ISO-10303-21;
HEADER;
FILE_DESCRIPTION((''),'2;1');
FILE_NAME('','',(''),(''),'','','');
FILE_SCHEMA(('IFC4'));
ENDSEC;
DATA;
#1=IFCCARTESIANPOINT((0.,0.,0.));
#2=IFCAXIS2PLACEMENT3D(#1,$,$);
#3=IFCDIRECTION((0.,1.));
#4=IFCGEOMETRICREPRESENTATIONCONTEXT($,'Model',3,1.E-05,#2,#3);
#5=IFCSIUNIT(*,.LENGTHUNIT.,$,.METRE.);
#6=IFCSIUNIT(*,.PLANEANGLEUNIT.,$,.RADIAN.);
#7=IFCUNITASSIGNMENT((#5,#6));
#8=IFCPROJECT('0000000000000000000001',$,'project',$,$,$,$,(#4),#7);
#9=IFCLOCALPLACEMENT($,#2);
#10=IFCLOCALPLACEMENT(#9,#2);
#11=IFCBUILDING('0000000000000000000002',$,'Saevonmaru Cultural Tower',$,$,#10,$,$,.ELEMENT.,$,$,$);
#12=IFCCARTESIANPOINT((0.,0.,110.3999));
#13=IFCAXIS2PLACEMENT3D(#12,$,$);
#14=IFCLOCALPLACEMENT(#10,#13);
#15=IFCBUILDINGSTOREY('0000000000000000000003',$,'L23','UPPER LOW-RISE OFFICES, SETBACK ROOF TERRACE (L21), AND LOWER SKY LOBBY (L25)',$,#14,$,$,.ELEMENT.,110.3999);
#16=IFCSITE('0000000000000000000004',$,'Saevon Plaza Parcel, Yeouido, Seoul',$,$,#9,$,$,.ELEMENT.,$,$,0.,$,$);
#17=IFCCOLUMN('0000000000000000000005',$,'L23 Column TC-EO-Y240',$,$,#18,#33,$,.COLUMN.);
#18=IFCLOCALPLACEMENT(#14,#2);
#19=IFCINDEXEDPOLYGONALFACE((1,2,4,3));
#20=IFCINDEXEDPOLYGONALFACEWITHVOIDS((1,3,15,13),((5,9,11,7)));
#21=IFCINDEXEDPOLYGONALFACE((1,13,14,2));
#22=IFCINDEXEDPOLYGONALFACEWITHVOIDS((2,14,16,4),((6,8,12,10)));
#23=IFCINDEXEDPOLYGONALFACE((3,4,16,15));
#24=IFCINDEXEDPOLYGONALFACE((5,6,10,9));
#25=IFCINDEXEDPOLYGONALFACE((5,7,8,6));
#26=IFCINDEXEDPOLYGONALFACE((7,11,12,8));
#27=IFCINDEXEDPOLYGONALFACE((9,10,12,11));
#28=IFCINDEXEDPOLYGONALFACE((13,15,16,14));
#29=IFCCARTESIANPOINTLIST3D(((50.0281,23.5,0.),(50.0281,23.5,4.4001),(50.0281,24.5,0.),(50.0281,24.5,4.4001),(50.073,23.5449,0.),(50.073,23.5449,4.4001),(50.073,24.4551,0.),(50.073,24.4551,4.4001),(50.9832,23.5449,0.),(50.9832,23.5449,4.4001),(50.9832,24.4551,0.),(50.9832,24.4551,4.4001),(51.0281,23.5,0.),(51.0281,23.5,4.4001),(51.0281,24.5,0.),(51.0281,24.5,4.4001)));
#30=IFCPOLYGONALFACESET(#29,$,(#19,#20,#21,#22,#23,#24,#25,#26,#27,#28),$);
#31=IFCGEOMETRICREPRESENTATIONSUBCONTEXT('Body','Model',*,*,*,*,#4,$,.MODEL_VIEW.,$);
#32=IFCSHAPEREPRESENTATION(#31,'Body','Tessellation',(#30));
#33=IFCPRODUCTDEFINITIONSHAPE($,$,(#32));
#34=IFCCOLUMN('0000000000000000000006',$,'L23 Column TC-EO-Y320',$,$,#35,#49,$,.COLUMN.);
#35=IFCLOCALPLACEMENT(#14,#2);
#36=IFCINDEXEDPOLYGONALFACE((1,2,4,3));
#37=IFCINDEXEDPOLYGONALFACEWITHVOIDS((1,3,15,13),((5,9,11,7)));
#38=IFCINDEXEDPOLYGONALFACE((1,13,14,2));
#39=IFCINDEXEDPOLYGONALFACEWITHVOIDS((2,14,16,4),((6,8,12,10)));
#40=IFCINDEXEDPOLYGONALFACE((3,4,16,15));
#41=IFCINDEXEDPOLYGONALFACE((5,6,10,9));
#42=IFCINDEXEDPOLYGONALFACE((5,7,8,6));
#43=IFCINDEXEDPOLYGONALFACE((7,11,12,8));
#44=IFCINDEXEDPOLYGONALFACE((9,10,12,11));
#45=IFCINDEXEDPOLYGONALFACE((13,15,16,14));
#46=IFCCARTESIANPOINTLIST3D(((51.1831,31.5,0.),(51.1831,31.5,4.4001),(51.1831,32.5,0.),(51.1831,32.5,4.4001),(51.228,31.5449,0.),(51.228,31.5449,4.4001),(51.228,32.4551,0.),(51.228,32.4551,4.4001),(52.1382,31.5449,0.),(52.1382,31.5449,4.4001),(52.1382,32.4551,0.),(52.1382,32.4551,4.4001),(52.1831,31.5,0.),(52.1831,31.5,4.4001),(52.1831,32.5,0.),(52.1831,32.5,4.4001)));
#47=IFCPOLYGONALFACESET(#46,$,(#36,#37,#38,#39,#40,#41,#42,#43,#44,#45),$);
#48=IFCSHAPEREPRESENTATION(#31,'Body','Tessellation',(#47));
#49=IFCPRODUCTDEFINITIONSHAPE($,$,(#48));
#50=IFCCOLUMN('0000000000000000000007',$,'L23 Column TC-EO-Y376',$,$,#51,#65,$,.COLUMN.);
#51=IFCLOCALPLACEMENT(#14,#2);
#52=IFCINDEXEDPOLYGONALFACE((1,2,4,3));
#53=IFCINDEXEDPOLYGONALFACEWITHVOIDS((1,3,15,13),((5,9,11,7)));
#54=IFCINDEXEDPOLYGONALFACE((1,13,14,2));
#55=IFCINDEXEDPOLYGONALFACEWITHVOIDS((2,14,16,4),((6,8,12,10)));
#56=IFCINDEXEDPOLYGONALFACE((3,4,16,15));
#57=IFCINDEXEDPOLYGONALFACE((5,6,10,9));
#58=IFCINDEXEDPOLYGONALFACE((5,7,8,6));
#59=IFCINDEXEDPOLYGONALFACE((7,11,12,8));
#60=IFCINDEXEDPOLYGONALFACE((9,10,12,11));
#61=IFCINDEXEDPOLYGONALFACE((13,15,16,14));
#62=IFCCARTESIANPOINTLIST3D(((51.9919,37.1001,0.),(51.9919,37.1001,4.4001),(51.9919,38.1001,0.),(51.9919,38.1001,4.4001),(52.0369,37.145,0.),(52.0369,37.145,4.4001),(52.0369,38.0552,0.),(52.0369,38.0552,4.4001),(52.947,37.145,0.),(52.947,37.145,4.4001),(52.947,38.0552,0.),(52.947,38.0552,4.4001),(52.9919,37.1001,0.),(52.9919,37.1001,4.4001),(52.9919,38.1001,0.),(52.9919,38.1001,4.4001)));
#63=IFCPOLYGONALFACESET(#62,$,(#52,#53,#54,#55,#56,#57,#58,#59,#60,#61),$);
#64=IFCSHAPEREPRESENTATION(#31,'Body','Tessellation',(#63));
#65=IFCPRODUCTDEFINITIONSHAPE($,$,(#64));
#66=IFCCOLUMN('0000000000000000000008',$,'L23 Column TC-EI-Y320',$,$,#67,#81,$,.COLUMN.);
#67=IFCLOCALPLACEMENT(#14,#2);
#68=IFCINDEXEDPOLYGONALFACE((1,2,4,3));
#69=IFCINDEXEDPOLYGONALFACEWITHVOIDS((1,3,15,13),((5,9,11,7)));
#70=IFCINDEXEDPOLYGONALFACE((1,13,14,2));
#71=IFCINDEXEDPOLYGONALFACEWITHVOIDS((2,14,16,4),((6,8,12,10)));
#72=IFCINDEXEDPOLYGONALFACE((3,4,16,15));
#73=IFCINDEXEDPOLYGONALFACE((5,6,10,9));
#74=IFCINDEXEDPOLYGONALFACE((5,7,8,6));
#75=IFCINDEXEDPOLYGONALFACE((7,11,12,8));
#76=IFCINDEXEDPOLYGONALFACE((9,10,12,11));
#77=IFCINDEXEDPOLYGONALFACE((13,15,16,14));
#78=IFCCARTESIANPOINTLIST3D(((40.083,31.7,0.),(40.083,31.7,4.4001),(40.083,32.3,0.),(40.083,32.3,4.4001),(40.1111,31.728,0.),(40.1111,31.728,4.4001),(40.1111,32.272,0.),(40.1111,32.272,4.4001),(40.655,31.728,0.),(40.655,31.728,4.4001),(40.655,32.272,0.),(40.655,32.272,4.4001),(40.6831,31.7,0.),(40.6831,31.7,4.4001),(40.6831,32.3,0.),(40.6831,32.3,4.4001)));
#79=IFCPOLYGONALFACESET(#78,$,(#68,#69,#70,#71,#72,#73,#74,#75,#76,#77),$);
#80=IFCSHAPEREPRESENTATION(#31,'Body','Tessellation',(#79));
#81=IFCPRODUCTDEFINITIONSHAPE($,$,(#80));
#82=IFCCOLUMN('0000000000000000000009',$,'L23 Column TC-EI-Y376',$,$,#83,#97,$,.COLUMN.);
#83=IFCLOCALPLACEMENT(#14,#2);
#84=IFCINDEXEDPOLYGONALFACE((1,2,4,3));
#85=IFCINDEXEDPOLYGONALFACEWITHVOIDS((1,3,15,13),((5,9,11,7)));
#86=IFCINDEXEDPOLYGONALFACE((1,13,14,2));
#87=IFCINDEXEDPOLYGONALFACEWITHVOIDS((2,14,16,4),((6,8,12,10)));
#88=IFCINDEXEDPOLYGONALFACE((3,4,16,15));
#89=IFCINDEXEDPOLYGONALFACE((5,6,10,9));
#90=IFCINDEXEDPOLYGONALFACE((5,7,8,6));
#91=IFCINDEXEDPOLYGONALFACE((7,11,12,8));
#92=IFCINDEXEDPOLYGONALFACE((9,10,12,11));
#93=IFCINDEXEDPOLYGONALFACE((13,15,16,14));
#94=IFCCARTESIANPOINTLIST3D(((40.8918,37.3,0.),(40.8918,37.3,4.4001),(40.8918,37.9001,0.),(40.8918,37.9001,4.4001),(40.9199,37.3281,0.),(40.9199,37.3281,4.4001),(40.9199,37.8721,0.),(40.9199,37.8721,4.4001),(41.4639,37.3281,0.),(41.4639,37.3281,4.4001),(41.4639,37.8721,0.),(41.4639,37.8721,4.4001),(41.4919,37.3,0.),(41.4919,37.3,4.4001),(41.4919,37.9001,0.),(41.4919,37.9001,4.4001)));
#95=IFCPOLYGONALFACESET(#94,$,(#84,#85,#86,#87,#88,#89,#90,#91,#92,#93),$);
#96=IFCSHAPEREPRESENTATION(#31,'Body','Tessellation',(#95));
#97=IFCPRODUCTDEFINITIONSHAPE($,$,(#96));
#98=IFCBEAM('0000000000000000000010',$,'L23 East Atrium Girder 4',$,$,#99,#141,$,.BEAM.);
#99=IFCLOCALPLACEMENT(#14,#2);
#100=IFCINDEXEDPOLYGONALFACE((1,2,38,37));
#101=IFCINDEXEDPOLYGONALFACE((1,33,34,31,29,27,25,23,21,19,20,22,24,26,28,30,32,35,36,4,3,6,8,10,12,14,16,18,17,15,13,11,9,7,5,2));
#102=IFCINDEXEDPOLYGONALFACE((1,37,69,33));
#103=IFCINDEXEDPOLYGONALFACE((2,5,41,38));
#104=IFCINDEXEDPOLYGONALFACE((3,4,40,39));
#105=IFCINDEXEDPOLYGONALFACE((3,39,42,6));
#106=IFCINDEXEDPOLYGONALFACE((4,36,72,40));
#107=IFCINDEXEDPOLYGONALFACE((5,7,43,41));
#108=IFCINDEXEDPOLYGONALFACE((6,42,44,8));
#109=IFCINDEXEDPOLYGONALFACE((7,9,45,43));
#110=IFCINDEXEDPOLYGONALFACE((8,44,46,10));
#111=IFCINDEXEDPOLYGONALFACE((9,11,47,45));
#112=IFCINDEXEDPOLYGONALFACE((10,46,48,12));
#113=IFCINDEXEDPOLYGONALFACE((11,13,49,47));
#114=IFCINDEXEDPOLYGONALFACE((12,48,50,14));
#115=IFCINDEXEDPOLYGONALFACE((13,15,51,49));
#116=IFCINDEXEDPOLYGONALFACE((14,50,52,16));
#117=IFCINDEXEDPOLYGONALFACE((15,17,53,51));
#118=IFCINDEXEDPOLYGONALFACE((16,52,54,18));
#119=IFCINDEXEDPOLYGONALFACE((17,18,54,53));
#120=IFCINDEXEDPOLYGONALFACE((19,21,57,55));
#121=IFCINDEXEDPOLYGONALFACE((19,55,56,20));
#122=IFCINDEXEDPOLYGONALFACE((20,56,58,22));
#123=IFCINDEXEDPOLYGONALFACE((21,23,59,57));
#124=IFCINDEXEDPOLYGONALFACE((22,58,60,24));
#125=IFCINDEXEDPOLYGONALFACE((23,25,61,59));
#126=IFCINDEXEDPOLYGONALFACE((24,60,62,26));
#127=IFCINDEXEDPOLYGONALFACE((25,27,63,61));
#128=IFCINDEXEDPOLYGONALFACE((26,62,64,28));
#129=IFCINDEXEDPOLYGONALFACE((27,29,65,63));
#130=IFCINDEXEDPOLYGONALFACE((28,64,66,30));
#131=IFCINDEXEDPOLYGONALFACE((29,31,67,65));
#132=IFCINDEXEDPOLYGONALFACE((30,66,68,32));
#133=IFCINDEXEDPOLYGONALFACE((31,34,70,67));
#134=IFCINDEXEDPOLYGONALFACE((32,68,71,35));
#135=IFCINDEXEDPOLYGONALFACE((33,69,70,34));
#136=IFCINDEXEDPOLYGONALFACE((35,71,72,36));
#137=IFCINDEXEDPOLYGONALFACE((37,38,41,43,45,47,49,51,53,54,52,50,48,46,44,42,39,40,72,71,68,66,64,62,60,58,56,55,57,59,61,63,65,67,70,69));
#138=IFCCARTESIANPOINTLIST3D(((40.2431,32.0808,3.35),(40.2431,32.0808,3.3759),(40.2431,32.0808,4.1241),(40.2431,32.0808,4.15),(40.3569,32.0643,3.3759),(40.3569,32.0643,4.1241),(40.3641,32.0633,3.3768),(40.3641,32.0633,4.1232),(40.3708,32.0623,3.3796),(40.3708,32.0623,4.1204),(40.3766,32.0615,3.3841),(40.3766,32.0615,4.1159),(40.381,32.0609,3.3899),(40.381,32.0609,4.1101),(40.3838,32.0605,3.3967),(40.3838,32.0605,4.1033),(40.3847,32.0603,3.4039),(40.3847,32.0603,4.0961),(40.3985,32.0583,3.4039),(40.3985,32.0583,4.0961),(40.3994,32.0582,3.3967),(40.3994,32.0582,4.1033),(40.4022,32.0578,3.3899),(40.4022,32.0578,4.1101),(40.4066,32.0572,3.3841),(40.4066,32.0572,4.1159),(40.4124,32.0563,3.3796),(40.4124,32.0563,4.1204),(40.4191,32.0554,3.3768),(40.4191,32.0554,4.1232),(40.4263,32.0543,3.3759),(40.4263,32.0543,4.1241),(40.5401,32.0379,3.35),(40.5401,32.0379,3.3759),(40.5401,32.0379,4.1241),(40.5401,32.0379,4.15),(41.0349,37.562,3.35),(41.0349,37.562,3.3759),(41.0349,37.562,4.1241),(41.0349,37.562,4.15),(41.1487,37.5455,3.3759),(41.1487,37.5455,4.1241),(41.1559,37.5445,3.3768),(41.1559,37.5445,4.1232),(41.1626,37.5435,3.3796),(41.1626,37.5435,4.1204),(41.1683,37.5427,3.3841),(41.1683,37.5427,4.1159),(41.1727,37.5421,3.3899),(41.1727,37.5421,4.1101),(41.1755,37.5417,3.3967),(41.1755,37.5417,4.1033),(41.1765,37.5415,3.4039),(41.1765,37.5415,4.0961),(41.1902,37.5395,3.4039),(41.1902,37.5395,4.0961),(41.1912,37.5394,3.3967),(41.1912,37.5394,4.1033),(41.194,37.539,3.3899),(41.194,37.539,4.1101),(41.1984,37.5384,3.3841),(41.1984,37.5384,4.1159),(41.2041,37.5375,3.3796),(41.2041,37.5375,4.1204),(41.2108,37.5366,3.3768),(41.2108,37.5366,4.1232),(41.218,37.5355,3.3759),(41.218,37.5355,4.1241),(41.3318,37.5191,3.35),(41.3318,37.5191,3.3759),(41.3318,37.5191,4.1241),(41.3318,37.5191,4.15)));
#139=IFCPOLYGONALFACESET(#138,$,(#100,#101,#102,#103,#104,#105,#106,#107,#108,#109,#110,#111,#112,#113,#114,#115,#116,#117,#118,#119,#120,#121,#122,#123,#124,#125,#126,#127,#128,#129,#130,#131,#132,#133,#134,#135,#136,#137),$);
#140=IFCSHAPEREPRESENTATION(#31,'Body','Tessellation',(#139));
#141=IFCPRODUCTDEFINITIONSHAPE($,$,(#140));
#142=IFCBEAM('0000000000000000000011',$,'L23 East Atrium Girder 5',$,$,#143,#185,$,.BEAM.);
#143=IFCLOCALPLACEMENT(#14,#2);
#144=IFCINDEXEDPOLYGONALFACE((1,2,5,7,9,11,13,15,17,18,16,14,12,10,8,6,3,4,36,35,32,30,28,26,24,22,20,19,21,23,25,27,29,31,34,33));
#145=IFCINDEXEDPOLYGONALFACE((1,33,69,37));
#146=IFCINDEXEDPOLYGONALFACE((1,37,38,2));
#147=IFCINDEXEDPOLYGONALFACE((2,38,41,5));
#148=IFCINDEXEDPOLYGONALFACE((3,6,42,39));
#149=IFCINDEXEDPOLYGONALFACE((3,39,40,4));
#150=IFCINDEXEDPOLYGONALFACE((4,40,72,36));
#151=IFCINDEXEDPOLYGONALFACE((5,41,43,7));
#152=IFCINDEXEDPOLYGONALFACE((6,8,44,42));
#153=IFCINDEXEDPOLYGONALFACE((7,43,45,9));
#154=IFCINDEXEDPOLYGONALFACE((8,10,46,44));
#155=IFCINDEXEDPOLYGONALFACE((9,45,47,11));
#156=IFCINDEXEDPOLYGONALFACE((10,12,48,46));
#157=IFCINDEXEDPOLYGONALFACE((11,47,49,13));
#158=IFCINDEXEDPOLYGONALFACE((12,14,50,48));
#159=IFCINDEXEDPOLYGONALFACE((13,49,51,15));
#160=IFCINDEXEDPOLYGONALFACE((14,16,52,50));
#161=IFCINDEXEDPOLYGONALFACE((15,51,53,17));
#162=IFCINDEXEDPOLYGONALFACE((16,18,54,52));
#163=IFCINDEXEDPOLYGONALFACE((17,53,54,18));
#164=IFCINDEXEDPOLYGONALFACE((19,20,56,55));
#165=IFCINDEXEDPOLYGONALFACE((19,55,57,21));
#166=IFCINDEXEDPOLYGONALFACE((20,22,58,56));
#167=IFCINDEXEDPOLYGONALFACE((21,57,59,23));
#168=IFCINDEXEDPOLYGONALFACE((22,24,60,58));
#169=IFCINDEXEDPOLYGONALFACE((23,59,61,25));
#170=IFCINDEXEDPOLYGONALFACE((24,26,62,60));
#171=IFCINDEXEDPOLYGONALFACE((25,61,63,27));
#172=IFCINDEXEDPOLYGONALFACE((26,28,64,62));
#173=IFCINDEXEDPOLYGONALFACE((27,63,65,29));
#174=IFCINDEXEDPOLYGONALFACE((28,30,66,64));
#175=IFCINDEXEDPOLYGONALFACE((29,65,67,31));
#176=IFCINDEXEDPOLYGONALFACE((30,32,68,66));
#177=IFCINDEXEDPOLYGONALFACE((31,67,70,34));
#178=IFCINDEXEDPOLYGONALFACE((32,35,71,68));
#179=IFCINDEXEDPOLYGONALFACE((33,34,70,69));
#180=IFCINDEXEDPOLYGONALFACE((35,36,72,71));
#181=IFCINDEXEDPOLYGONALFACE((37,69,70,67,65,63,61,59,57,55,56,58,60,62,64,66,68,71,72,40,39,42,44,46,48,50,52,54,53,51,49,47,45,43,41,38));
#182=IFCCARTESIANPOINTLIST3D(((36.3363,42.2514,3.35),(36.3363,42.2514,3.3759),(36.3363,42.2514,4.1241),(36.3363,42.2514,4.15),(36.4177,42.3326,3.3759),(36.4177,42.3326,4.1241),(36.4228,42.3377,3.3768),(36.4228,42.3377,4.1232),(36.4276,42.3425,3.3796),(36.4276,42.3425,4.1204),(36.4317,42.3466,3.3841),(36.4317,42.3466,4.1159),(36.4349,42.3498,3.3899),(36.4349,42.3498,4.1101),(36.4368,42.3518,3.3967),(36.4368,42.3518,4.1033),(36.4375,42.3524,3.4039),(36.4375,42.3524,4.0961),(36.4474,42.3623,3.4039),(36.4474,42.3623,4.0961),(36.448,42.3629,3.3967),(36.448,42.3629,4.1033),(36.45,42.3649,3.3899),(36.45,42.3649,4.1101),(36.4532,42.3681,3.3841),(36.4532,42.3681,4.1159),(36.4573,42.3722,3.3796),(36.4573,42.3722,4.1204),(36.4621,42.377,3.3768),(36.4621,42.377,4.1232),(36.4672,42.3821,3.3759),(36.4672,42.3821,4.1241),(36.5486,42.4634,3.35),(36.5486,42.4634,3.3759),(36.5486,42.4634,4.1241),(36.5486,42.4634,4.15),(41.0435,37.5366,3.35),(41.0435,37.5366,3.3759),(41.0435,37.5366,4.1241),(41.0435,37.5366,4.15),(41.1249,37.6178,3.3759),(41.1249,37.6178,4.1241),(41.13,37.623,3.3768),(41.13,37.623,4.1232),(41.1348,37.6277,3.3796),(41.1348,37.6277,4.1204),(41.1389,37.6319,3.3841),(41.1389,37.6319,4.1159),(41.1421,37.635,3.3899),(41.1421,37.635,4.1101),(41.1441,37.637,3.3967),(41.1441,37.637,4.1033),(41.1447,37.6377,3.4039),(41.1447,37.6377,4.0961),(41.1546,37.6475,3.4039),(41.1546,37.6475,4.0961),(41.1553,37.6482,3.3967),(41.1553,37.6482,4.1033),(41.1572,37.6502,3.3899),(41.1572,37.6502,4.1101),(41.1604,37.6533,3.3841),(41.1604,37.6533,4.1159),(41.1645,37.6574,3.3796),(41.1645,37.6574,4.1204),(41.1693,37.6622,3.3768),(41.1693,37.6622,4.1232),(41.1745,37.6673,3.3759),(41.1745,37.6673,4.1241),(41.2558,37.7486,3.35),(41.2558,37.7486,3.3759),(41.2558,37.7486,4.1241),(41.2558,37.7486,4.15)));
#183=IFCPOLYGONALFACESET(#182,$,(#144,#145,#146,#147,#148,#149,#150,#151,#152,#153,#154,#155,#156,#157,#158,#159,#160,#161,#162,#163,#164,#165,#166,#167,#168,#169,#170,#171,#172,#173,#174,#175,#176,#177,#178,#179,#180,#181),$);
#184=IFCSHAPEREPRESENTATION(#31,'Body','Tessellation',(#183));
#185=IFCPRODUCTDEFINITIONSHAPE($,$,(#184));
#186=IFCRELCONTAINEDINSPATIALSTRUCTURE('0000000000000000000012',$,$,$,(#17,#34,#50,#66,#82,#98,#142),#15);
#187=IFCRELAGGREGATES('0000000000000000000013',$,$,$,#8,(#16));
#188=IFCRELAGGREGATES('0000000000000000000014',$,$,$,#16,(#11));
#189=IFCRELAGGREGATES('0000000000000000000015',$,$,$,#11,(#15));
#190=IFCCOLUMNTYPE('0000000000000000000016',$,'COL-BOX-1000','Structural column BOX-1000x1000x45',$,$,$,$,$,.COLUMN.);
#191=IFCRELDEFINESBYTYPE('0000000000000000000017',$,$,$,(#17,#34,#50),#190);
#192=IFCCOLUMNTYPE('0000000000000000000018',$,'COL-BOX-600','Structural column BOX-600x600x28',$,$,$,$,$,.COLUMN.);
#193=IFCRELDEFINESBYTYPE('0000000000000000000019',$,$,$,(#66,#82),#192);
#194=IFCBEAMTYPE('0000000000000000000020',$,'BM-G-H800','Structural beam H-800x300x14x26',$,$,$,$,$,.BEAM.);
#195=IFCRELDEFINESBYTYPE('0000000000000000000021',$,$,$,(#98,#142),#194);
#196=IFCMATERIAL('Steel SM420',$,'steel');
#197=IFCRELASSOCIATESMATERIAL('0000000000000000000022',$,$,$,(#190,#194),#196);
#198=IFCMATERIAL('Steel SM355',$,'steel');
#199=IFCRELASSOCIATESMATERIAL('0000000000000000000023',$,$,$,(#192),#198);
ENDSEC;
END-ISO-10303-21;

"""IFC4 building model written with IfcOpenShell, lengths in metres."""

from ifc_helpers import new_model, si_unit, direction, frame, origin, origin_2d, place, context, subcontext, project, spatial, hollow_rectangle, i_section, extrude, material, material_profile, profile_set, type_object, element, save


model = new_model("IFC4")

# Units and contexts
model_context = context("Model", 3, precision=1e-05, world=origin(), true_north=direction((0.0, 1.0)))
body_context = subcontext(model_context, "Body", "Model", "MODEL_VIEW")
ifc_project = project(units=[si_unit("LENGTHUNIT", "METRE"), si_unit("PLANEANGLEUNIT", "RADIAN")], contexts=[model_context])

# Site, building, storey
site_placement = place(None, origin())
site = spatial("IfcSite", under=ifc_project, at=site_placement, Name="Saevon Plaza Parcel, Yeouido, Seoul", CompositionType="ELEMENT", RefElevation=0.0)
building_placement = place(site_placement, origin())
building = spatial("IfcBuilding", under=site, at=building_placement, Name="Saevonmaru Cultural Tower", CompositionType="ELEMENT")
storey_placement = place(building_placement, frame((0.0, 0.0, 110.3999)))
storey = spatial("IfcBuildingStorey", under=building, at=storey_placement, Name="L23", Description="UPPER LOW-RISE OFFICES, SETBACK ROOF TERRACE (L21), AND LOWER SKY LOBBY (L25)", CompositionType="ELEMENT", Elevation=110.3999)

# Columns
ifc_material_1 = material(Name="Steel SM420", Category="steel")
ifc_material_profile_1 = material_profile(ifc_material_1, hollow_rectangle(XDim=1.0, YDim=1.0, WallThickness=0.0449, at=origin_2d()), Name="BOX-1000x1000x45")
ifc_profile_set_1 = profile_set([ifc_material_profile_1], Name="Steel SM420")
column_type_1 = type_object("IfcColumnType", Name="COL-BOX-1000", Description="Structural column BOX-1000x1000x45", PredefinedType="COLUMN", material=ifc_profile_set_1)
for number, where, z_axis, x_axis, name in (
    (1, (50.5281, 24.0, 0.0), (0.0, 0.0, 1.0), (1.0, 0.0, 0.0), "L23 Column TC-EO-Y240"),
    (2, (51.6831, 32.0, 0.0), (0.0, 0.0, 1.0), (1.0, 0.0, 0.0), "L23 Column TC-EO-Y320"),
    (3, (52.4919, 37.6001, 0.0), (0.0, 0.0, 1.0), (1.0, 0.0, 0.0), "L23 Column TC-EO-Y376"),
):
    element("IfcColumn", number, at=place(storey_placement, frame(where, z_axis=z_axis, x_axis=x_axis)), inside=storey, type_object=column_type_1, Name=name, PredefinedType="COLUMN", context=body_context, shape_type="SweptSolid", body=[
        extrude(hollow_rectangle(XDim=1.0, YDim=1.0, WallThickness=0.0449, at=origin_2d()), origin(), (0.0, 0.0, 1.0), 4.4001),
    ])
ifc_material_2 = material(Name="Steel SM355", Category="steel")
ifc_material_profile_2 = material_profile(ifc_material_2, hollow_rectangle(XDim=0.6001, YDim=0.6001, WallThickness=0.0281, at=origin_2d()), Name="BOX-600x600x28")
ifc_profile_set_2 = profile_set([ifc_material_profile_2], Name="Steel SM355")
column_type_2 = type_object("IfcColumnType", Name="COL-BOX-600", Description="Structural column BOX-600x600x28", PredefinedType="COLUMN", material=ifc_profile_set_2)
for number, where, z_axis, x_axis, name in (
    (4, (40.3831, 32.0, 0.0), (0.0, 0.0, 1.0), (1.0, 0.0, 0.0), "L23 Column TC-EI-Y320"),
    (5, (41.1919, 37.6001, 0.0), (0.0, 0.0, 1.0), (1.0, 0.0, 0.0), "L23 Column TC-EI-Y376"),
):
    element("IfcColumn", number, at=place(storey_placement, frame(where, z_axis=z_axis, x_axis=x_axis)), inside=storey, type_object=column_type_2, Name=name, PredefinedType="COLUMN", context=body_context, shape_type="SweptSolid", body=[
        extrude(hollow_rectangle(XDim=0.6001, YDim=0.6001, WallThickness=0.0281, at=origin_2d()), origin(), (0.0, 0.0, 1.0), 4.4001),
    ])

# Beams
ifc_material_profile_3 = material_profile(ifc_material_1, i_section(OverallWidth=0.3, OverallDepth=0.8, WebThickness=0.0139, FlangeThickness=0.0259, FilletRadius=0.0281, at=origin_2d()), Name="H-800x300x14x26")
ifc_profile_set_3 = profile_set([ifc_material_profile_3], Name="Steel SM420")
beam_type_1 = type_object("IfcBeamType", Name="BM-G-H800", Description="Structural beam H-800x300x14x26", PredefinedType="BEAM", material=ifc_profile_set_3)
beam_1_placement = place(storey_placement, frame((40.3916, 32.0593, 3.75), z_axis=(0.142964, 0.989728, 0.0), x_axis=(-0.989728, 0.142964, 0.0)))
element("IfcBeam", 6, at=beam_1_placement, inside=storey, type_object=beam_type_1, Name="L23 East Atrium Girder 4", PredefinedType="BEAM", context=body_context, shape_type="SweptSolid", body=[
    extrude(i_section(OverallWidth=0.3, OverallDepth=0.8, WebThickness=0.0139, FlangeThickness=0.0259, FilletRadius=0.0281, at=origin_2d()), origin(), (0.0, 0.0, 1.0), 5.5381),
])
beam_2_placement = place(storey_placement, frame((41.1497, 37.6426, 3.75), z_axis=(-0.706539, 0.707675, 0.0), x_axis=(-0.707675, -0.706539, 0.0)))
element("IfcBeam", 7, at=beam_2_placement, inside=storey, type_object=beam_type_1, Name="L23 East Atrium Girder 5", PredefinedType="BEAM", context=body_context, shape_type="SweptSolid", body=[
    extrude(i_section(OverallWidth=0.3, OverallDepth=0.8, WebThickness=0.0139, FlangeThickness=0.0259, FilletRadius=0.0281, at=origin_2d()), origin(), (0.0, 0.0, 1.0), 6.6624),
])

save(model, "model.ifc")
